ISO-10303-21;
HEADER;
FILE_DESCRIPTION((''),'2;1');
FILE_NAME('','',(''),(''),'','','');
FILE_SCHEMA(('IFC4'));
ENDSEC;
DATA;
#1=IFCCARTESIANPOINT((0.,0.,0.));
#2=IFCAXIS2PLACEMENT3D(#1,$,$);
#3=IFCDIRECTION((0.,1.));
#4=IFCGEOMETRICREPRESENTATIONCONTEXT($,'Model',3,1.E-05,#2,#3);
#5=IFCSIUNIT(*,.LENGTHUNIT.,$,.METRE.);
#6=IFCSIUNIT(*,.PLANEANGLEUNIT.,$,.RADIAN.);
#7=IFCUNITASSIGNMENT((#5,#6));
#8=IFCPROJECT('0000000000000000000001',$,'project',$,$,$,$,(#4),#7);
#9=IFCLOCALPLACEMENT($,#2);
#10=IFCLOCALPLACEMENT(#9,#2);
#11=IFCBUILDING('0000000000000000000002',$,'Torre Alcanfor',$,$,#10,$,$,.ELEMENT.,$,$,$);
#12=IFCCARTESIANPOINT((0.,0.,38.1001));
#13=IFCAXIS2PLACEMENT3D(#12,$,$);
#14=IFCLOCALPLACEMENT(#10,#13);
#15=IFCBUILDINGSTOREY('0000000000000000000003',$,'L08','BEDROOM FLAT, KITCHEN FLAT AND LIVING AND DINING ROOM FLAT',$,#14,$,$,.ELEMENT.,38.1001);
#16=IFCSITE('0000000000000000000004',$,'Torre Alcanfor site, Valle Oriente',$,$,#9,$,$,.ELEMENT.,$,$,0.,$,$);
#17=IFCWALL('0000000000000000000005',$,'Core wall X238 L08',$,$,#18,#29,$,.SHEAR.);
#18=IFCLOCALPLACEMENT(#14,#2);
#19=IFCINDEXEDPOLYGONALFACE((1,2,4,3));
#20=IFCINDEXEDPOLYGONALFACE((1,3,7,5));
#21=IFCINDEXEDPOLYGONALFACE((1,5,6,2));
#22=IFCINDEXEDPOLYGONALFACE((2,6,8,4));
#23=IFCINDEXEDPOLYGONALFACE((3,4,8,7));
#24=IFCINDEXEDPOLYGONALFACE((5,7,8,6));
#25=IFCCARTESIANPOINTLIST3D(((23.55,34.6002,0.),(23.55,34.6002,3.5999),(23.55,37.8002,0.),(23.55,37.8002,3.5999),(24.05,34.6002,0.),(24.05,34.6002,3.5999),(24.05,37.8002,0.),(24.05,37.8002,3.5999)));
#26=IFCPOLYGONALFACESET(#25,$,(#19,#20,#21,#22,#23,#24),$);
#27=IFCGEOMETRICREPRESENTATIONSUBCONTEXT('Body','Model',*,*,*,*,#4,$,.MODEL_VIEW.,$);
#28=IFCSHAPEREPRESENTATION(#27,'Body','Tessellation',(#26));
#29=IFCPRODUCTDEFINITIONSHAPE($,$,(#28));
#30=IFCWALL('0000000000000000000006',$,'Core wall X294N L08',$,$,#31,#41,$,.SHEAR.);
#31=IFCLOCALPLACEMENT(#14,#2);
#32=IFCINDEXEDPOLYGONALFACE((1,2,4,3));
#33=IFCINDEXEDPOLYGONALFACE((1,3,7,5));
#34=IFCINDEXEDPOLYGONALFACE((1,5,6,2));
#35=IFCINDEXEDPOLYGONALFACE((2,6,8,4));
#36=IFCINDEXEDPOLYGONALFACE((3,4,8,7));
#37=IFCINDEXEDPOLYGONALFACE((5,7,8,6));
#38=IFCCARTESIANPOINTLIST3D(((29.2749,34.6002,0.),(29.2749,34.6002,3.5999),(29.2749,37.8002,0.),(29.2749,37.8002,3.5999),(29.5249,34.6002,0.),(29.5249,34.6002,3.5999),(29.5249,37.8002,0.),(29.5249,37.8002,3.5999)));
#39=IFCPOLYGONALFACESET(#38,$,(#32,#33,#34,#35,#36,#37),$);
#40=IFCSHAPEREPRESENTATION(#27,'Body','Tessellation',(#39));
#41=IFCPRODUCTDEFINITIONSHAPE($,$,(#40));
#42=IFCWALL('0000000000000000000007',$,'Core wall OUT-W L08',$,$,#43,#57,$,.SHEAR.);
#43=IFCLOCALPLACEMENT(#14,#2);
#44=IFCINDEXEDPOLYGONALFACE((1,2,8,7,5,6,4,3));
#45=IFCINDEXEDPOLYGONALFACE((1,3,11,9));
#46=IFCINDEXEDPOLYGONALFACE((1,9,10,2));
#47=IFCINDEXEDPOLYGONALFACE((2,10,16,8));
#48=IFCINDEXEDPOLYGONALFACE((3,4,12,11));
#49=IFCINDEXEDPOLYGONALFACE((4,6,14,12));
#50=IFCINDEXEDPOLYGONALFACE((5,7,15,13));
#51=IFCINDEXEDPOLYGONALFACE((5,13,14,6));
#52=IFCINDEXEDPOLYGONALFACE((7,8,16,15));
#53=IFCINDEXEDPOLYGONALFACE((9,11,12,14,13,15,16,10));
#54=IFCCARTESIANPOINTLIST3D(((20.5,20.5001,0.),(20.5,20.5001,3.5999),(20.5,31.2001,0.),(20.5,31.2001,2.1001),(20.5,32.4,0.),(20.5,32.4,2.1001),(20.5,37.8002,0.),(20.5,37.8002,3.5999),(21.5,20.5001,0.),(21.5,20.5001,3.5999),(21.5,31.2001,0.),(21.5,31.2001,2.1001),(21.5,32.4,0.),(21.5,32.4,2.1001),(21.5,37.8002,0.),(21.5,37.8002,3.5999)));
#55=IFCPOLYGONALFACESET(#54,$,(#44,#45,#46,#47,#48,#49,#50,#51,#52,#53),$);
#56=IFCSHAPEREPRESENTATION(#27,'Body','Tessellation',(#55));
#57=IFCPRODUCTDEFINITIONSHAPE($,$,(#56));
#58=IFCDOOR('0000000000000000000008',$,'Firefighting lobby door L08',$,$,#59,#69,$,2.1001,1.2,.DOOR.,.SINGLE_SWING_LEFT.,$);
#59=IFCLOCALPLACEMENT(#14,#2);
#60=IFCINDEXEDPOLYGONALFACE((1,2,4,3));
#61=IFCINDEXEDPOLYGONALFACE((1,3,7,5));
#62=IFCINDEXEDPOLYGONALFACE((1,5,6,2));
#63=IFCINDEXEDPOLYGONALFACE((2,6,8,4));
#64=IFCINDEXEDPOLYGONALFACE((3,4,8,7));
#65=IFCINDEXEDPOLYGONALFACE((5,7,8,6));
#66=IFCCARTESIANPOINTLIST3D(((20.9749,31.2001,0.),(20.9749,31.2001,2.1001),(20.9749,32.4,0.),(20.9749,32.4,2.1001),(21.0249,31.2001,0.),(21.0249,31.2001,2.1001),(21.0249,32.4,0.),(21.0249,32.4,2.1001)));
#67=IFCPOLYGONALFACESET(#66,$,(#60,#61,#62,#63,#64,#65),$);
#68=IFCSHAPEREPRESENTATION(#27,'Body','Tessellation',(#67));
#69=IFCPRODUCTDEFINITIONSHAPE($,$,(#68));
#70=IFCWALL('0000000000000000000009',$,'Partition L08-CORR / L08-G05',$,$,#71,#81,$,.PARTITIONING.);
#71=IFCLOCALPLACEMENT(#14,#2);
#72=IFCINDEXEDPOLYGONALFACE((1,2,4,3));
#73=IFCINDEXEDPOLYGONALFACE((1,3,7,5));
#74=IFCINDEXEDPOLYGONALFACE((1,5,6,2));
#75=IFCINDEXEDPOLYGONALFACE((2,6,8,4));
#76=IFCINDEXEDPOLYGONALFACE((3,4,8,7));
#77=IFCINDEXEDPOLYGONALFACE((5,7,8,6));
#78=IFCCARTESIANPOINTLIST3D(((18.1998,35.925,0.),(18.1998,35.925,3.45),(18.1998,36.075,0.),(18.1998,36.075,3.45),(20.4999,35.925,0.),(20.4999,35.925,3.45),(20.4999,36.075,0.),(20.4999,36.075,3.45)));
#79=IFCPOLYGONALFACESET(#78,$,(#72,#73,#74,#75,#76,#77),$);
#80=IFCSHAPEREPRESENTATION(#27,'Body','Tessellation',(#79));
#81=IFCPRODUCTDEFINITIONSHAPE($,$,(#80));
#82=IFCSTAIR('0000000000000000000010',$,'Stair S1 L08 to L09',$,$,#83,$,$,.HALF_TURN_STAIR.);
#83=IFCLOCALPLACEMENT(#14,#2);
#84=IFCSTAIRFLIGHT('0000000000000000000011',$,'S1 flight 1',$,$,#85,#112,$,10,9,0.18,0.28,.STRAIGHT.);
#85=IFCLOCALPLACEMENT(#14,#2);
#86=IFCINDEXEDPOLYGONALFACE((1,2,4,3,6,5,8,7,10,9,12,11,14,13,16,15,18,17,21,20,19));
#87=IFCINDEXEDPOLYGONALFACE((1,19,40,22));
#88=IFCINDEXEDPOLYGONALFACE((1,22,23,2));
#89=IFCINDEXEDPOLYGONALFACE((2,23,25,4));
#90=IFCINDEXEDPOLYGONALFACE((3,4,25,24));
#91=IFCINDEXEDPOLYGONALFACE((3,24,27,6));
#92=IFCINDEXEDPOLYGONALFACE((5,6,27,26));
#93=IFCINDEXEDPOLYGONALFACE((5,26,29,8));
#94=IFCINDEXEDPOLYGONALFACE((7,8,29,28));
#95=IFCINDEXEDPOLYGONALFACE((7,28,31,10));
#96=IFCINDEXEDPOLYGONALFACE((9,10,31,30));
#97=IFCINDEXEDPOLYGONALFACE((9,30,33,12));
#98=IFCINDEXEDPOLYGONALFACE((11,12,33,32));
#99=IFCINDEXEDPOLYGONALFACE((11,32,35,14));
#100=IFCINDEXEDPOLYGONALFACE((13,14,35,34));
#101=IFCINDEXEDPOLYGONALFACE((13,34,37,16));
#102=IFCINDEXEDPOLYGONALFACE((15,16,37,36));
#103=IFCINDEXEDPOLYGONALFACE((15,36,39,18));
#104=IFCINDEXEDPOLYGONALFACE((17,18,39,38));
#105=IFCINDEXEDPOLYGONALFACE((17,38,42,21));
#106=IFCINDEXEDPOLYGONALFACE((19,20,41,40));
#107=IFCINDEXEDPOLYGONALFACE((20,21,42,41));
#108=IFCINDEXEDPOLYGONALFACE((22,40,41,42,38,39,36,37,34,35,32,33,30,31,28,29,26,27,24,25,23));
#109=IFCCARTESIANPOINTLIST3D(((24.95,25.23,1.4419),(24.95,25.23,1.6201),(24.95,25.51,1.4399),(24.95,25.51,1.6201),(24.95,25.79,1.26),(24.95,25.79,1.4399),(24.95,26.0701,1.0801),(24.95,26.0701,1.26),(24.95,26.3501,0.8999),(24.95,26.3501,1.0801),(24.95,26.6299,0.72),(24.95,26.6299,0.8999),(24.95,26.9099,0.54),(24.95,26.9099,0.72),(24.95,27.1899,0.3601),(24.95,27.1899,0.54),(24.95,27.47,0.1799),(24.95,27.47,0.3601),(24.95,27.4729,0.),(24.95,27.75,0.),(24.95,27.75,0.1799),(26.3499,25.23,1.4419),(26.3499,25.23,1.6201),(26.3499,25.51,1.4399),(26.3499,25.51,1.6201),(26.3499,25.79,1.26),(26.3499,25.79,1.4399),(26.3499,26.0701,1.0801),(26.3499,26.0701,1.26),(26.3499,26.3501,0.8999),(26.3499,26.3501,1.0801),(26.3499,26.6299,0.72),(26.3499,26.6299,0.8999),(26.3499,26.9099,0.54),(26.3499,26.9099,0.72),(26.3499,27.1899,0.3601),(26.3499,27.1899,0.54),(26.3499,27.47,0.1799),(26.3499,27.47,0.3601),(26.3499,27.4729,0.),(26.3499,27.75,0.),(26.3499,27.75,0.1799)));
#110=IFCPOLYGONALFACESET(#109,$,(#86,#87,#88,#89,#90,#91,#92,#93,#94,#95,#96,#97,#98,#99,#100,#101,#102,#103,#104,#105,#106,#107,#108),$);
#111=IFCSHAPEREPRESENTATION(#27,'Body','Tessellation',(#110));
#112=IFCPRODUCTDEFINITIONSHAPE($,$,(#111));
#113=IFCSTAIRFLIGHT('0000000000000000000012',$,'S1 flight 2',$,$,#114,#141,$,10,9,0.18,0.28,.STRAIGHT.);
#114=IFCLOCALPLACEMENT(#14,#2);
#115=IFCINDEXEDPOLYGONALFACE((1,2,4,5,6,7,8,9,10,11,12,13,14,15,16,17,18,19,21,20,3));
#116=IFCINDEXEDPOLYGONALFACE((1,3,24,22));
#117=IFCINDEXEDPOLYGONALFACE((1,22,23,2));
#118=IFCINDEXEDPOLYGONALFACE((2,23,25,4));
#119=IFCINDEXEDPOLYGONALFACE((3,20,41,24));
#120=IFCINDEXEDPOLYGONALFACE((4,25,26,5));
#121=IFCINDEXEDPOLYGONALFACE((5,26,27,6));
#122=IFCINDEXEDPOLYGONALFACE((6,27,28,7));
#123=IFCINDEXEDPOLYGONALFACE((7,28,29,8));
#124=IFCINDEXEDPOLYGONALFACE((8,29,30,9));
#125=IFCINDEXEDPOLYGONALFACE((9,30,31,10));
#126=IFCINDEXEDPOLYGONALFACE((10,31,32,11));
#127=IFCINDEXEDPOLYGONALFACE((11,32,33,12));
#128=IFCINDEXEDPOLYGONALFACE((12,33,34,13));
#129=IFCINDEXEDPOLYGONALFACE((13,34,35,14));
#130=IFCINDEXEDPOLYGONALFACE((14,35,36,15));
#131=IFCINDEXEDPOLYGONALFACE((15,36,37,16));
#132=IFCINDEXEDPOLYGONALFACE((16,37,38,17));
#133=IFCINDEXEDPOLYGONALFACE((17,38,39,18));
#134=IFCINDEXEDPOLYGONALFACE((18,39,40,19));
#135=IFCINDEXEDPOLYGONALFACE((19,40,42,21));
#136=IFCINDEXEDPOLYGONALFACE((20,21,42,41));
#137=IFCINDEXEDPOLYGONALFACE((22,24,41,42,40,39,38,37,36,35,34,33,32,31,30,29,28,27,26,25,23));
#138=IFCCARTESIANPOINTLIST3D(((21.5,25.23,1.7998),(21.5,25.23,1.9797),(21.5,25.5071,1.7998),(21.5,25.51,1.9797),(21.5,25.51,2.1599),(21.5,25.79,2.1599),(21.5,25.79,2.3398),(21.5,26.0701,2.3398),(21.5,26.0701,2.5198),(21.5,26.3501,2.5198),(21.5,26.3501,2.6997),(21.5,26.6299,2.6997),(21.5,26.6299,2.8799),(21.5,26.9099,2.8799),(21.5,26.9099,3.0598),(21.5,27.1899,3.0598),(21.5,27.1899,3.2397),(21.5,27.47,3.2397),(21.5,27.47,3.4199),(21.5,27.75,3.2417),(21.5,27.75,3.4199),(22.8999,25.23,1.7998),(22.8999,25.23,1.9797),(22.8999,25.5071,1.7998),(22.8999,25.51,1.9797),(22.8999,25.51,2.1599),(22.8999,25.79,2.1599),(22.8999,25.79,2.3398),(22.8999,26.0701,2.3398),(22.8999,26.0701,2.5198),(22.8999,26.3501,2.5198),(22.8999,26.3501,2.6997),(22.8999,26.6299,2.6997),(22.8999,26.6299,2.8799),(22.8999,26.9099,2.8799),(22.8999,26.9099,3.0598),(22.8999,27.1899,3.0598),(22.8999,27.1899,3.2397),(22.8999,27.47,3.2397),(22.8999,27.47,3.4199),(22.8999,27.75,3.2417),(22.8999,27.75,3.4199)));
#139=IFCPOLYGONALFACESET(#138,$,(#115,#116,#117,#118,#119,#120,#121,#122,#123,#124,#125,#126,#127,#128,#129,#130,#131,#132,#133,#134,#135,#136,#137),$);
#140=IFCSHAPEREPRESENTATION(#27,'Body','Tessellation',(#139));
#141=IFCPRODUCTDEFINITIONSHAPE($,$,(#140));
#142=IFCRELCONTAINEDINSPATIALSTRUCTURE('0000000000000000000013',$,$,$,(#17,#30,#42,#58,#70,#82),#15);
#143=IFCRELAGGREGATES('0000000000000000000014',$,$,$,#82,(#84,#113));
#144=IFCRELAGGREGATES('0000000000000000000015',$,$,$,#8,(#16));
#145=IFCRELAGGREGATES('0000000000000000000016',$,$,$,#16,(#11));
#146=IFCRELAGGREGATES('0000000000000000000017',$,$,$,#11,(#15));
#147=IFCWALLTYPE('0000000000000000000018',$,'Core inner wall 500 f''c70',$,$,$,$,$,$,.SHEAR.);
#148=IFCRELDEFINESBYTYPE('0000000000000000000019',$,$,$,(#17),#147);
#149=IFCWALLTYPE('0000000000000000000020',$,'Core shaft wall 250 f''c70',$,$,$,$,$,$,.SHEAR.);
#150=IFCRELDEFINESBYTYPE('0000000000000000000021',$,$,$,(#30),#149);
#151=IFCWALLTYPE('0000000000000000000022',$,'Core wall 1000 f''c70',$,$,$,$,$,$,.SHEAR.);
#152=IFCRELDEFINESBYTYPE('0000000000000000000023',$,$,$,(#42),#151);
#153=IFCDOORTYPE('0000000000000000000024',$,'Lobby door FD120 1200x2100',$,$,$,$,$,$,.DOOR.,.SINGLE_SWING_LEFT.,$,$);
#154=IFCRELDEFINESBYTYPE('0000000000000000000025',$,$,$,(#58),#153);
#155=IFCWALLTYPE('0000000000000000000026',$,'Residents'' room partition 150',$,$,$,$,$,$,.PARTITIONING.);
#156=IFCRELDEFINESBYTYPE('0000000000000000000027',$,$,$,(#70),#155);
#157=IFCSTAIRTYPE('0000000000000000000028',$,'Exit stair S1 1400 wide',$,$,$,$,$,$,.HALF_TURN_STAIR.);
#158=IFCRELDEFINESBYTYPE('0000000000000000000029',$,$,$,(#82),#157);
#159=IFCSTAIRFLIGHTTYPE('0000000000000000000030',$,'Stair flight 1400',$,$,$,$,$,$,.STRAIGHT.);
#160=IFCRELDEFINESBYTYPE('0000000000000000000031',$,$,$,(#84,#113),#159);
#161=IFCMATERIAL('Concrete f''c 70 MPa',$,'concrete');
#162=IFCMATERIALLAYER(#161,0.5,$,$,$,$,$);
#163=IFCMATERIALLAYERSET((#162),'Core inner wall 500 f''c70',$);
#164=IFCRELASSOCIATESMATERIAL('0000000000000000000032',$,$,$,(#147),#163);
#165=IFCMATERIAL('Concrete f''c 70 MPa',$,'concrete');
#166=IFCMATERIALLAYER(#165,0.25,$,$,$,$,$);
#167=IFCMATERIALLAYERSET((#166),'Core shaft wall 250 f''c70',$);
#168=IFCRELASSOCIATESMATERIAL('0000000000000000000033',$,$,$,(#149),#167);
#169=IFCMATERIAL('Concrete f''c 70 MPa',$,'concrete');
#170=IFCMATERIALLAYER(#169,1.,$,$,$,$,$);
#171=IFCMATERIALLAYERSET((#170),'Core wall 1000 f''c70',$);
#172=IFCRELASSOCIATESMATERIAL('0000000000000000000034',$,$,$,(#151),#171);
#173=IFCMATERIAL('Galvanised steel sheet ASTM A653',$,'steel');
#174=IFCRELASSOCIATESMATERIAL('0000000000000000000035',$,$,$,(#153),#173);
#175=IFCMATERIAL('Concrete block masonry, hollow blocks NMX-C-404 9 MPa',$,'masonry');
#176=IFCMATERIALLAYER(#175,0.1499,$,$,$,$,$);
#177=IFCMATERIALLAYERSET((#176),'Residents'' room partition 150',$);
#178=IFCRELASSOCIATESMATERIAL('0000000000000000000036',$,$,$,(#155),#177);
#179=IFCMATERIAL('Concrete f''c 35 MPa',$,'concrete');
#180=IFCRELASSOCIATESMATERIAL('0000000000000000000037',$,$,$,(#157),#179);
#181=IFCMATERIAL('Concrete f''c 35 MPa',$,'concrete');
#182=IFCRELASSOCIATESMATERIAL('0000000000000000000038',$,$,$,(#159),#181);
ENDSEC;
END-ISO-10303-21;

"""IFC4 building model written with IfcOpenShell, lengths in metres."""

from ifc_helpers import new_model, si_unit, direction, frame, frame_2d, origin, place, context, subcontext, project, spatial, polyline, rectangle, outline, extrude, material, layer, layer_set, type_object, element, fill, aggregate, save


model = new_model("IFC4")

# Units and contexts
model_context = context("Model", 3, precision=1e-05, world=origin(), true_north=direction((0.0, 1.0)))
body_context = subcontext(model_context, "Body", "Model", "MODEL_VIEW")
ifc_project = project(units=[si_unit("LENGTHUNIT", "METRE"), si_unit("PLANEANGLEUNIT", "RADIAN")], contexts=[model_context])

# Site, building, storey
site_placement = place(None, origin())
site = spatial("IfcSite", under=ifc_project, at=site_placement, Name="Torre Alcanfor site, Valle Oriente", CompositionType="ELEMENT", RefElevation=0.0)
building_placement = place(site_placement, origin())
building = spatial("IfcBuilding", under=site, at=building_placement, Name="Torre Alcanfor", CompositionType="ELEMENT")
storey_placement = place(building_placement, frame((0.0, 0.0, 38.1001)))
storey = spatial("IfcBuildingStorey", under=building, at=storey_placement, Name="L08", Description="BEDROOM FLAT, KITCHEN FLAT AND LIVING AND DINING ROOM FLAT", CompositionType="ELEMENT", Elevation=38.1001)

# Shared definitions
ifc_material_1 = material(Name="Concrete f'c 70 MPa", Category="concrete")
ifc_layer_1 = layer(ifc_material_1, 0.5)
ifc_layer_set_1 = layer_set([ifc_layer_1], Name="Core inner wall 500 f'c70")
wall_type_1 = type_object("IfcWallType", Name="Core inner wall 500 f'c70", PredefinedType="SHEAR", material=ifc_layer_set_1)

# Walls
wall_1_placement = place(storey_placement, frame((23.8, 34.6001, 0.0), z_axis=(0.0, 0.0, 1.0), x_axis=(0.0, 1.0, 0.0)))
element("IfcWall", 1, at=wall_1_placement, inside=storey, type_object=wall_type_1, Name="Core wall X238 L08", PredefinedType="SHEAR", context=body_context, shape_type="SweptSolid", body=[
    extrude(rectangle(XDim=3.2, YDim=0.5, at=frame_2d((1.6001, 0.0))), origin(), (0.0, 0.0, 1.0), 3.5999),
])
ifc_material_2 = material(Name="Concrete f'c 70 MPa", Category="concrete")
ifc_layer_2 = layer(ifc_material_2, 0.25)
ifc_layer_set_2 = layer_set([ifc_layer_2], Name="Core shaft wall 250 f'c70")
wall_type_2 = type_object("IfcWallType", Name="Core shaft wall 250 f'c70", PredefinedType="SHEAR", material=ifc_layer_set_2)
wall_2_placement = place(storey_placement, frame((29.3999, 34.6001, 0.0), z_axis=(0.0, 0.0, 1.0), x_axis=(0.0, 1.0, 0.0)))
element("IfcWall", 2, at=wall_2_placement, inside=storey, type_object=wall_type_2, Name="Core wall X294N L08", PredefinedType="SHEAR", context=body_context, shape_type="SweptSolid", body=[
    extrude(rectangle(XDim=3.2, YDim=0.25, at=frame_2d((1.6001, 0.0))), origin(), (0.0, 0.0, 1.0), 3.5999),
])

# Wall, opening, door
ifc_material_3 = material(Name="Concrete f'c 70 MPa", Category="concrete")
ifc_layer_3 = layer(ifc_material_3, 1.0)
ifc_layer_set_3 = layer_set([ifc_layer_3], Name="Core wall 1000 f'c70")
wall_type_3 = type_object("IfcWallType", Name="Core wall 1000 f'c70", PredefinedType="SHEAR", material=ifc_layer_set_3)
wall_3_placement = place(storey_placement, frame((21.0, 37.8, 0.0), z_axis=(0.0, 0.0, 1.0), x_axis=(0.0, -1.0, 0.0)))
wall_3 = element("IfcWall", 3, at=wall_3_placement, inside=storey, type_object=wall_type_3, Name="Core wall OUT-W L08", PredefinedType="SHEAR", context=body_context, shape_type="SweptSolid", body=[
    extrude(rectangle(XDim=17.3, YDim=1.0, at=frame_2d((8.6499, 0.0))), origin(), (0.0, 0.0, 1.0), 3.5999),
])
opening_1_placement = place(wall_3_placement, frame((5.3999, 0.0, 0.0)))
opening_1 = element("IfcOpeningElement", 4, at=opening_1_placement, cuts=wall_3, PredefinedType="OPENING", context=body_context, shape_type="SweptSolid", body=[
    extrude(rectangle(XDim=1.2, YDim=2.1001, at=frame_2d((0.6001, 1.05))), frame((0.0, 0.51, 0.0), z_axis=(0.0, -1.0, 0.0), x_axis=(1.0, 0.0, 0.0)), (0.0, 0.0, 1.0), 1.02),
])
ifc_material_4 = material(Name="Galvanised steel sheet ASTM A653", Category="steel")
door_type_1 = type_object("IfcDoorType", Name="Lobby door FD120 1200x2100", OperationType="SINGLE_SWING_LEFT", PredefinedType="DOOR", material=ifc_material_4)
door_1_placement = place(opening_1_placement, origin())
door_1 = element("IfcDoor", 5, at=door_1_placement, inside=storey, type_object=door_type_1, Name="Firefighting lobby door L08", OperationType="SINGLE_SWING_LEFT", OverallHeight=2.1001, OverallWidth=1.2, PredefinedType="DOOR", context=body_context, shape_type="SweptSolid", body=[
    extrude(rectangle(XDim=1.2, YDim=2.1001, at=frame_2d((0.6001, 1.05))), frame((0.0, 0.0249, 0.0), z_axis=(0.0, -1.0, 0.0), x_axis=(1.0, 0.0, 0.0)), (0.0, 0.0, 1.0), 0.05),
])
fill(opening_1, door_1)

# Wall
ifc_material_5 = material(Name="Concrete block masonry, hollow blocks NMX-C-404 9 MPa", Category="masonry")
ifc_layer_4 = layer(ifc_material_5, 0.1499)
ifc_layer_set_4 = layer_set([ifc_layer_4], Name="Residents' room partition 150")
wall_type_4 = type_object("IfcWallType", Name="Residents' room partition 150", PredefinedType="PARTITIONING", material=ifc_layer_set_4)
wall_4_placement = place(storey_placement, frame((18.2, 36.0, 0.0), z_axis=(0.0, 0.0, 1.0), x_axis=(1.0, 0.0, 0.0)))
element("IfcWall", 6, at=wall_4_placement, inside=storey, type_object=wall_type_4, Name="Partition L08-CORR / L08-G05", PredefinedType="PARTITIONING", context=body_context, shape_type="SweptSolid", body=[
    extrude(rectangle(XDim=2.3, YDim=0.1499, at=frame_2d((1.1499, 0.0))), origin(), (0.0, 0.0, 1.0), 3.45),
])

# Stair, stair flights
ifc_material_6 = material(Name="Concrete f'c 35 MPa", Category="concrete")
stair_type = type_object("IfcStairType", Name="Exit stair S1 1400 wide", PredefinedType="HALF_TURN_STAIR", material=ifc_material_6)
stair_placement = place(storey_placement, origin())
stair = element("IfcStair", 7, at=stair_placement, inside=storey, type_object=stair_type, Name="Stair S1 L08 to L09", PredefinedType="HALF_TURN_STAIR")
ifc_material_7 = material(Name="Concrete f'c 35 MPa", Category="concrete")
stair_flight_type = type_object("IfcStairFlightType", Name="Stair flight 1400", PredefinedType="STRAIGHT", material=ifc_material_7)
stair_flight_1_placement = place(storey_placement, frame((25.6499, 27.75, 0.0), z_axis=(0.0, 0.0, 1.0), x_axis=(0.0, -1.0, 0.0)))
stair_flight_1 = element("IfcStairFlight", 8, at=stair_flight_1_placement, type_object=stair_flight_type, Name="S1 flight 1", NumberOfRisers=10, NumberOfTreads=9, PredefinedType="STRAIGHT", RiserHeight=0.18, TreadLength=0.28, context=body_context, shape_type="SweptSolid", body=[
    extrude(outline(polyline([(0.0, 0.0), (0.0, 0.1799), (0.28, 0.1799), (0.28, 0.3601), (0.5601, 0.3601), (0.5601, 0.54), (0.8401, 0.54), (0.8401, 0.72), (1.1201, 0.72), (1.1201, 0.8999), (1.3999, 0.8999), (1.3999, 1.0801), (1.6799, 1.0801), (1.6799, 1.26), (1.96, 1.26), (1.96, 1.4399), (2.24, 1.4399), (2.24, 1.6201), (2.52, 1.6201), (2.52, 1.8), (2.52, 1.4419), (0.2771, 0.0), (0.0, 0.0)])), frame((0.0, 0.7, 0.0), z_axis=(0.0, -1.0, 0.0), x_axis=(1.0, 0.0, 0.0)), (0.0, 0.0, 1.0), 1.3999),
])
stair_flight_2_placement = place(storey_placement, frame((22.2, 25.23, 1.7998), z_axis=(0.0, 0.0, 1.0), x_axis=(0.0, 1.0, 0.0)))
stair_flight_2 = element("IfcStairFlight", 9, at=stair_flight_2_placement, type_object=stair_flight_type, Name="S1 flight 2", NumberOfRisers=10, NumberOfTreads=9, PredefinedType="STRAIGHT", RiserHeight=0.18, TreadLength=0.28, context=body_context, shape_type="SweptSolid", body=[
    extrude(outline(polyline([(0.0, 0.0), (0.0, 0.1799), (0.28, 0.1799), (0.28, 0.3601), (0.5601, 0.3601), (0.5601, 0.54), (0.8401, 0.54), (0.8401, 0.72), (1.1201, 0.72), (1.1201, 0.8999), (1.3999, 0.8999), (1.3999, 1.0801), (1.6799, 1.0801), (1.6799, 1.26), (1.96, 1.26), (1.96, 1.4399), (2.24, 1.4399), (2.24, 1.6201), (2.52, 1.6201), (2.52, 1.8), (2.52, 1.4419), (0.2771, 0.0), (0.0, 0.0)])), frame((0.0, 0.7, 0.0), z_axis=(0.0, -1.0, 0.0), x_axis=(1.0, 0.0, 0.0)), (0.0, 0.0, 1.0), 1.3999),
])
aggregate(stair, [stair_flight_1, stair_flight_2])

save(model, "model.ifc")
